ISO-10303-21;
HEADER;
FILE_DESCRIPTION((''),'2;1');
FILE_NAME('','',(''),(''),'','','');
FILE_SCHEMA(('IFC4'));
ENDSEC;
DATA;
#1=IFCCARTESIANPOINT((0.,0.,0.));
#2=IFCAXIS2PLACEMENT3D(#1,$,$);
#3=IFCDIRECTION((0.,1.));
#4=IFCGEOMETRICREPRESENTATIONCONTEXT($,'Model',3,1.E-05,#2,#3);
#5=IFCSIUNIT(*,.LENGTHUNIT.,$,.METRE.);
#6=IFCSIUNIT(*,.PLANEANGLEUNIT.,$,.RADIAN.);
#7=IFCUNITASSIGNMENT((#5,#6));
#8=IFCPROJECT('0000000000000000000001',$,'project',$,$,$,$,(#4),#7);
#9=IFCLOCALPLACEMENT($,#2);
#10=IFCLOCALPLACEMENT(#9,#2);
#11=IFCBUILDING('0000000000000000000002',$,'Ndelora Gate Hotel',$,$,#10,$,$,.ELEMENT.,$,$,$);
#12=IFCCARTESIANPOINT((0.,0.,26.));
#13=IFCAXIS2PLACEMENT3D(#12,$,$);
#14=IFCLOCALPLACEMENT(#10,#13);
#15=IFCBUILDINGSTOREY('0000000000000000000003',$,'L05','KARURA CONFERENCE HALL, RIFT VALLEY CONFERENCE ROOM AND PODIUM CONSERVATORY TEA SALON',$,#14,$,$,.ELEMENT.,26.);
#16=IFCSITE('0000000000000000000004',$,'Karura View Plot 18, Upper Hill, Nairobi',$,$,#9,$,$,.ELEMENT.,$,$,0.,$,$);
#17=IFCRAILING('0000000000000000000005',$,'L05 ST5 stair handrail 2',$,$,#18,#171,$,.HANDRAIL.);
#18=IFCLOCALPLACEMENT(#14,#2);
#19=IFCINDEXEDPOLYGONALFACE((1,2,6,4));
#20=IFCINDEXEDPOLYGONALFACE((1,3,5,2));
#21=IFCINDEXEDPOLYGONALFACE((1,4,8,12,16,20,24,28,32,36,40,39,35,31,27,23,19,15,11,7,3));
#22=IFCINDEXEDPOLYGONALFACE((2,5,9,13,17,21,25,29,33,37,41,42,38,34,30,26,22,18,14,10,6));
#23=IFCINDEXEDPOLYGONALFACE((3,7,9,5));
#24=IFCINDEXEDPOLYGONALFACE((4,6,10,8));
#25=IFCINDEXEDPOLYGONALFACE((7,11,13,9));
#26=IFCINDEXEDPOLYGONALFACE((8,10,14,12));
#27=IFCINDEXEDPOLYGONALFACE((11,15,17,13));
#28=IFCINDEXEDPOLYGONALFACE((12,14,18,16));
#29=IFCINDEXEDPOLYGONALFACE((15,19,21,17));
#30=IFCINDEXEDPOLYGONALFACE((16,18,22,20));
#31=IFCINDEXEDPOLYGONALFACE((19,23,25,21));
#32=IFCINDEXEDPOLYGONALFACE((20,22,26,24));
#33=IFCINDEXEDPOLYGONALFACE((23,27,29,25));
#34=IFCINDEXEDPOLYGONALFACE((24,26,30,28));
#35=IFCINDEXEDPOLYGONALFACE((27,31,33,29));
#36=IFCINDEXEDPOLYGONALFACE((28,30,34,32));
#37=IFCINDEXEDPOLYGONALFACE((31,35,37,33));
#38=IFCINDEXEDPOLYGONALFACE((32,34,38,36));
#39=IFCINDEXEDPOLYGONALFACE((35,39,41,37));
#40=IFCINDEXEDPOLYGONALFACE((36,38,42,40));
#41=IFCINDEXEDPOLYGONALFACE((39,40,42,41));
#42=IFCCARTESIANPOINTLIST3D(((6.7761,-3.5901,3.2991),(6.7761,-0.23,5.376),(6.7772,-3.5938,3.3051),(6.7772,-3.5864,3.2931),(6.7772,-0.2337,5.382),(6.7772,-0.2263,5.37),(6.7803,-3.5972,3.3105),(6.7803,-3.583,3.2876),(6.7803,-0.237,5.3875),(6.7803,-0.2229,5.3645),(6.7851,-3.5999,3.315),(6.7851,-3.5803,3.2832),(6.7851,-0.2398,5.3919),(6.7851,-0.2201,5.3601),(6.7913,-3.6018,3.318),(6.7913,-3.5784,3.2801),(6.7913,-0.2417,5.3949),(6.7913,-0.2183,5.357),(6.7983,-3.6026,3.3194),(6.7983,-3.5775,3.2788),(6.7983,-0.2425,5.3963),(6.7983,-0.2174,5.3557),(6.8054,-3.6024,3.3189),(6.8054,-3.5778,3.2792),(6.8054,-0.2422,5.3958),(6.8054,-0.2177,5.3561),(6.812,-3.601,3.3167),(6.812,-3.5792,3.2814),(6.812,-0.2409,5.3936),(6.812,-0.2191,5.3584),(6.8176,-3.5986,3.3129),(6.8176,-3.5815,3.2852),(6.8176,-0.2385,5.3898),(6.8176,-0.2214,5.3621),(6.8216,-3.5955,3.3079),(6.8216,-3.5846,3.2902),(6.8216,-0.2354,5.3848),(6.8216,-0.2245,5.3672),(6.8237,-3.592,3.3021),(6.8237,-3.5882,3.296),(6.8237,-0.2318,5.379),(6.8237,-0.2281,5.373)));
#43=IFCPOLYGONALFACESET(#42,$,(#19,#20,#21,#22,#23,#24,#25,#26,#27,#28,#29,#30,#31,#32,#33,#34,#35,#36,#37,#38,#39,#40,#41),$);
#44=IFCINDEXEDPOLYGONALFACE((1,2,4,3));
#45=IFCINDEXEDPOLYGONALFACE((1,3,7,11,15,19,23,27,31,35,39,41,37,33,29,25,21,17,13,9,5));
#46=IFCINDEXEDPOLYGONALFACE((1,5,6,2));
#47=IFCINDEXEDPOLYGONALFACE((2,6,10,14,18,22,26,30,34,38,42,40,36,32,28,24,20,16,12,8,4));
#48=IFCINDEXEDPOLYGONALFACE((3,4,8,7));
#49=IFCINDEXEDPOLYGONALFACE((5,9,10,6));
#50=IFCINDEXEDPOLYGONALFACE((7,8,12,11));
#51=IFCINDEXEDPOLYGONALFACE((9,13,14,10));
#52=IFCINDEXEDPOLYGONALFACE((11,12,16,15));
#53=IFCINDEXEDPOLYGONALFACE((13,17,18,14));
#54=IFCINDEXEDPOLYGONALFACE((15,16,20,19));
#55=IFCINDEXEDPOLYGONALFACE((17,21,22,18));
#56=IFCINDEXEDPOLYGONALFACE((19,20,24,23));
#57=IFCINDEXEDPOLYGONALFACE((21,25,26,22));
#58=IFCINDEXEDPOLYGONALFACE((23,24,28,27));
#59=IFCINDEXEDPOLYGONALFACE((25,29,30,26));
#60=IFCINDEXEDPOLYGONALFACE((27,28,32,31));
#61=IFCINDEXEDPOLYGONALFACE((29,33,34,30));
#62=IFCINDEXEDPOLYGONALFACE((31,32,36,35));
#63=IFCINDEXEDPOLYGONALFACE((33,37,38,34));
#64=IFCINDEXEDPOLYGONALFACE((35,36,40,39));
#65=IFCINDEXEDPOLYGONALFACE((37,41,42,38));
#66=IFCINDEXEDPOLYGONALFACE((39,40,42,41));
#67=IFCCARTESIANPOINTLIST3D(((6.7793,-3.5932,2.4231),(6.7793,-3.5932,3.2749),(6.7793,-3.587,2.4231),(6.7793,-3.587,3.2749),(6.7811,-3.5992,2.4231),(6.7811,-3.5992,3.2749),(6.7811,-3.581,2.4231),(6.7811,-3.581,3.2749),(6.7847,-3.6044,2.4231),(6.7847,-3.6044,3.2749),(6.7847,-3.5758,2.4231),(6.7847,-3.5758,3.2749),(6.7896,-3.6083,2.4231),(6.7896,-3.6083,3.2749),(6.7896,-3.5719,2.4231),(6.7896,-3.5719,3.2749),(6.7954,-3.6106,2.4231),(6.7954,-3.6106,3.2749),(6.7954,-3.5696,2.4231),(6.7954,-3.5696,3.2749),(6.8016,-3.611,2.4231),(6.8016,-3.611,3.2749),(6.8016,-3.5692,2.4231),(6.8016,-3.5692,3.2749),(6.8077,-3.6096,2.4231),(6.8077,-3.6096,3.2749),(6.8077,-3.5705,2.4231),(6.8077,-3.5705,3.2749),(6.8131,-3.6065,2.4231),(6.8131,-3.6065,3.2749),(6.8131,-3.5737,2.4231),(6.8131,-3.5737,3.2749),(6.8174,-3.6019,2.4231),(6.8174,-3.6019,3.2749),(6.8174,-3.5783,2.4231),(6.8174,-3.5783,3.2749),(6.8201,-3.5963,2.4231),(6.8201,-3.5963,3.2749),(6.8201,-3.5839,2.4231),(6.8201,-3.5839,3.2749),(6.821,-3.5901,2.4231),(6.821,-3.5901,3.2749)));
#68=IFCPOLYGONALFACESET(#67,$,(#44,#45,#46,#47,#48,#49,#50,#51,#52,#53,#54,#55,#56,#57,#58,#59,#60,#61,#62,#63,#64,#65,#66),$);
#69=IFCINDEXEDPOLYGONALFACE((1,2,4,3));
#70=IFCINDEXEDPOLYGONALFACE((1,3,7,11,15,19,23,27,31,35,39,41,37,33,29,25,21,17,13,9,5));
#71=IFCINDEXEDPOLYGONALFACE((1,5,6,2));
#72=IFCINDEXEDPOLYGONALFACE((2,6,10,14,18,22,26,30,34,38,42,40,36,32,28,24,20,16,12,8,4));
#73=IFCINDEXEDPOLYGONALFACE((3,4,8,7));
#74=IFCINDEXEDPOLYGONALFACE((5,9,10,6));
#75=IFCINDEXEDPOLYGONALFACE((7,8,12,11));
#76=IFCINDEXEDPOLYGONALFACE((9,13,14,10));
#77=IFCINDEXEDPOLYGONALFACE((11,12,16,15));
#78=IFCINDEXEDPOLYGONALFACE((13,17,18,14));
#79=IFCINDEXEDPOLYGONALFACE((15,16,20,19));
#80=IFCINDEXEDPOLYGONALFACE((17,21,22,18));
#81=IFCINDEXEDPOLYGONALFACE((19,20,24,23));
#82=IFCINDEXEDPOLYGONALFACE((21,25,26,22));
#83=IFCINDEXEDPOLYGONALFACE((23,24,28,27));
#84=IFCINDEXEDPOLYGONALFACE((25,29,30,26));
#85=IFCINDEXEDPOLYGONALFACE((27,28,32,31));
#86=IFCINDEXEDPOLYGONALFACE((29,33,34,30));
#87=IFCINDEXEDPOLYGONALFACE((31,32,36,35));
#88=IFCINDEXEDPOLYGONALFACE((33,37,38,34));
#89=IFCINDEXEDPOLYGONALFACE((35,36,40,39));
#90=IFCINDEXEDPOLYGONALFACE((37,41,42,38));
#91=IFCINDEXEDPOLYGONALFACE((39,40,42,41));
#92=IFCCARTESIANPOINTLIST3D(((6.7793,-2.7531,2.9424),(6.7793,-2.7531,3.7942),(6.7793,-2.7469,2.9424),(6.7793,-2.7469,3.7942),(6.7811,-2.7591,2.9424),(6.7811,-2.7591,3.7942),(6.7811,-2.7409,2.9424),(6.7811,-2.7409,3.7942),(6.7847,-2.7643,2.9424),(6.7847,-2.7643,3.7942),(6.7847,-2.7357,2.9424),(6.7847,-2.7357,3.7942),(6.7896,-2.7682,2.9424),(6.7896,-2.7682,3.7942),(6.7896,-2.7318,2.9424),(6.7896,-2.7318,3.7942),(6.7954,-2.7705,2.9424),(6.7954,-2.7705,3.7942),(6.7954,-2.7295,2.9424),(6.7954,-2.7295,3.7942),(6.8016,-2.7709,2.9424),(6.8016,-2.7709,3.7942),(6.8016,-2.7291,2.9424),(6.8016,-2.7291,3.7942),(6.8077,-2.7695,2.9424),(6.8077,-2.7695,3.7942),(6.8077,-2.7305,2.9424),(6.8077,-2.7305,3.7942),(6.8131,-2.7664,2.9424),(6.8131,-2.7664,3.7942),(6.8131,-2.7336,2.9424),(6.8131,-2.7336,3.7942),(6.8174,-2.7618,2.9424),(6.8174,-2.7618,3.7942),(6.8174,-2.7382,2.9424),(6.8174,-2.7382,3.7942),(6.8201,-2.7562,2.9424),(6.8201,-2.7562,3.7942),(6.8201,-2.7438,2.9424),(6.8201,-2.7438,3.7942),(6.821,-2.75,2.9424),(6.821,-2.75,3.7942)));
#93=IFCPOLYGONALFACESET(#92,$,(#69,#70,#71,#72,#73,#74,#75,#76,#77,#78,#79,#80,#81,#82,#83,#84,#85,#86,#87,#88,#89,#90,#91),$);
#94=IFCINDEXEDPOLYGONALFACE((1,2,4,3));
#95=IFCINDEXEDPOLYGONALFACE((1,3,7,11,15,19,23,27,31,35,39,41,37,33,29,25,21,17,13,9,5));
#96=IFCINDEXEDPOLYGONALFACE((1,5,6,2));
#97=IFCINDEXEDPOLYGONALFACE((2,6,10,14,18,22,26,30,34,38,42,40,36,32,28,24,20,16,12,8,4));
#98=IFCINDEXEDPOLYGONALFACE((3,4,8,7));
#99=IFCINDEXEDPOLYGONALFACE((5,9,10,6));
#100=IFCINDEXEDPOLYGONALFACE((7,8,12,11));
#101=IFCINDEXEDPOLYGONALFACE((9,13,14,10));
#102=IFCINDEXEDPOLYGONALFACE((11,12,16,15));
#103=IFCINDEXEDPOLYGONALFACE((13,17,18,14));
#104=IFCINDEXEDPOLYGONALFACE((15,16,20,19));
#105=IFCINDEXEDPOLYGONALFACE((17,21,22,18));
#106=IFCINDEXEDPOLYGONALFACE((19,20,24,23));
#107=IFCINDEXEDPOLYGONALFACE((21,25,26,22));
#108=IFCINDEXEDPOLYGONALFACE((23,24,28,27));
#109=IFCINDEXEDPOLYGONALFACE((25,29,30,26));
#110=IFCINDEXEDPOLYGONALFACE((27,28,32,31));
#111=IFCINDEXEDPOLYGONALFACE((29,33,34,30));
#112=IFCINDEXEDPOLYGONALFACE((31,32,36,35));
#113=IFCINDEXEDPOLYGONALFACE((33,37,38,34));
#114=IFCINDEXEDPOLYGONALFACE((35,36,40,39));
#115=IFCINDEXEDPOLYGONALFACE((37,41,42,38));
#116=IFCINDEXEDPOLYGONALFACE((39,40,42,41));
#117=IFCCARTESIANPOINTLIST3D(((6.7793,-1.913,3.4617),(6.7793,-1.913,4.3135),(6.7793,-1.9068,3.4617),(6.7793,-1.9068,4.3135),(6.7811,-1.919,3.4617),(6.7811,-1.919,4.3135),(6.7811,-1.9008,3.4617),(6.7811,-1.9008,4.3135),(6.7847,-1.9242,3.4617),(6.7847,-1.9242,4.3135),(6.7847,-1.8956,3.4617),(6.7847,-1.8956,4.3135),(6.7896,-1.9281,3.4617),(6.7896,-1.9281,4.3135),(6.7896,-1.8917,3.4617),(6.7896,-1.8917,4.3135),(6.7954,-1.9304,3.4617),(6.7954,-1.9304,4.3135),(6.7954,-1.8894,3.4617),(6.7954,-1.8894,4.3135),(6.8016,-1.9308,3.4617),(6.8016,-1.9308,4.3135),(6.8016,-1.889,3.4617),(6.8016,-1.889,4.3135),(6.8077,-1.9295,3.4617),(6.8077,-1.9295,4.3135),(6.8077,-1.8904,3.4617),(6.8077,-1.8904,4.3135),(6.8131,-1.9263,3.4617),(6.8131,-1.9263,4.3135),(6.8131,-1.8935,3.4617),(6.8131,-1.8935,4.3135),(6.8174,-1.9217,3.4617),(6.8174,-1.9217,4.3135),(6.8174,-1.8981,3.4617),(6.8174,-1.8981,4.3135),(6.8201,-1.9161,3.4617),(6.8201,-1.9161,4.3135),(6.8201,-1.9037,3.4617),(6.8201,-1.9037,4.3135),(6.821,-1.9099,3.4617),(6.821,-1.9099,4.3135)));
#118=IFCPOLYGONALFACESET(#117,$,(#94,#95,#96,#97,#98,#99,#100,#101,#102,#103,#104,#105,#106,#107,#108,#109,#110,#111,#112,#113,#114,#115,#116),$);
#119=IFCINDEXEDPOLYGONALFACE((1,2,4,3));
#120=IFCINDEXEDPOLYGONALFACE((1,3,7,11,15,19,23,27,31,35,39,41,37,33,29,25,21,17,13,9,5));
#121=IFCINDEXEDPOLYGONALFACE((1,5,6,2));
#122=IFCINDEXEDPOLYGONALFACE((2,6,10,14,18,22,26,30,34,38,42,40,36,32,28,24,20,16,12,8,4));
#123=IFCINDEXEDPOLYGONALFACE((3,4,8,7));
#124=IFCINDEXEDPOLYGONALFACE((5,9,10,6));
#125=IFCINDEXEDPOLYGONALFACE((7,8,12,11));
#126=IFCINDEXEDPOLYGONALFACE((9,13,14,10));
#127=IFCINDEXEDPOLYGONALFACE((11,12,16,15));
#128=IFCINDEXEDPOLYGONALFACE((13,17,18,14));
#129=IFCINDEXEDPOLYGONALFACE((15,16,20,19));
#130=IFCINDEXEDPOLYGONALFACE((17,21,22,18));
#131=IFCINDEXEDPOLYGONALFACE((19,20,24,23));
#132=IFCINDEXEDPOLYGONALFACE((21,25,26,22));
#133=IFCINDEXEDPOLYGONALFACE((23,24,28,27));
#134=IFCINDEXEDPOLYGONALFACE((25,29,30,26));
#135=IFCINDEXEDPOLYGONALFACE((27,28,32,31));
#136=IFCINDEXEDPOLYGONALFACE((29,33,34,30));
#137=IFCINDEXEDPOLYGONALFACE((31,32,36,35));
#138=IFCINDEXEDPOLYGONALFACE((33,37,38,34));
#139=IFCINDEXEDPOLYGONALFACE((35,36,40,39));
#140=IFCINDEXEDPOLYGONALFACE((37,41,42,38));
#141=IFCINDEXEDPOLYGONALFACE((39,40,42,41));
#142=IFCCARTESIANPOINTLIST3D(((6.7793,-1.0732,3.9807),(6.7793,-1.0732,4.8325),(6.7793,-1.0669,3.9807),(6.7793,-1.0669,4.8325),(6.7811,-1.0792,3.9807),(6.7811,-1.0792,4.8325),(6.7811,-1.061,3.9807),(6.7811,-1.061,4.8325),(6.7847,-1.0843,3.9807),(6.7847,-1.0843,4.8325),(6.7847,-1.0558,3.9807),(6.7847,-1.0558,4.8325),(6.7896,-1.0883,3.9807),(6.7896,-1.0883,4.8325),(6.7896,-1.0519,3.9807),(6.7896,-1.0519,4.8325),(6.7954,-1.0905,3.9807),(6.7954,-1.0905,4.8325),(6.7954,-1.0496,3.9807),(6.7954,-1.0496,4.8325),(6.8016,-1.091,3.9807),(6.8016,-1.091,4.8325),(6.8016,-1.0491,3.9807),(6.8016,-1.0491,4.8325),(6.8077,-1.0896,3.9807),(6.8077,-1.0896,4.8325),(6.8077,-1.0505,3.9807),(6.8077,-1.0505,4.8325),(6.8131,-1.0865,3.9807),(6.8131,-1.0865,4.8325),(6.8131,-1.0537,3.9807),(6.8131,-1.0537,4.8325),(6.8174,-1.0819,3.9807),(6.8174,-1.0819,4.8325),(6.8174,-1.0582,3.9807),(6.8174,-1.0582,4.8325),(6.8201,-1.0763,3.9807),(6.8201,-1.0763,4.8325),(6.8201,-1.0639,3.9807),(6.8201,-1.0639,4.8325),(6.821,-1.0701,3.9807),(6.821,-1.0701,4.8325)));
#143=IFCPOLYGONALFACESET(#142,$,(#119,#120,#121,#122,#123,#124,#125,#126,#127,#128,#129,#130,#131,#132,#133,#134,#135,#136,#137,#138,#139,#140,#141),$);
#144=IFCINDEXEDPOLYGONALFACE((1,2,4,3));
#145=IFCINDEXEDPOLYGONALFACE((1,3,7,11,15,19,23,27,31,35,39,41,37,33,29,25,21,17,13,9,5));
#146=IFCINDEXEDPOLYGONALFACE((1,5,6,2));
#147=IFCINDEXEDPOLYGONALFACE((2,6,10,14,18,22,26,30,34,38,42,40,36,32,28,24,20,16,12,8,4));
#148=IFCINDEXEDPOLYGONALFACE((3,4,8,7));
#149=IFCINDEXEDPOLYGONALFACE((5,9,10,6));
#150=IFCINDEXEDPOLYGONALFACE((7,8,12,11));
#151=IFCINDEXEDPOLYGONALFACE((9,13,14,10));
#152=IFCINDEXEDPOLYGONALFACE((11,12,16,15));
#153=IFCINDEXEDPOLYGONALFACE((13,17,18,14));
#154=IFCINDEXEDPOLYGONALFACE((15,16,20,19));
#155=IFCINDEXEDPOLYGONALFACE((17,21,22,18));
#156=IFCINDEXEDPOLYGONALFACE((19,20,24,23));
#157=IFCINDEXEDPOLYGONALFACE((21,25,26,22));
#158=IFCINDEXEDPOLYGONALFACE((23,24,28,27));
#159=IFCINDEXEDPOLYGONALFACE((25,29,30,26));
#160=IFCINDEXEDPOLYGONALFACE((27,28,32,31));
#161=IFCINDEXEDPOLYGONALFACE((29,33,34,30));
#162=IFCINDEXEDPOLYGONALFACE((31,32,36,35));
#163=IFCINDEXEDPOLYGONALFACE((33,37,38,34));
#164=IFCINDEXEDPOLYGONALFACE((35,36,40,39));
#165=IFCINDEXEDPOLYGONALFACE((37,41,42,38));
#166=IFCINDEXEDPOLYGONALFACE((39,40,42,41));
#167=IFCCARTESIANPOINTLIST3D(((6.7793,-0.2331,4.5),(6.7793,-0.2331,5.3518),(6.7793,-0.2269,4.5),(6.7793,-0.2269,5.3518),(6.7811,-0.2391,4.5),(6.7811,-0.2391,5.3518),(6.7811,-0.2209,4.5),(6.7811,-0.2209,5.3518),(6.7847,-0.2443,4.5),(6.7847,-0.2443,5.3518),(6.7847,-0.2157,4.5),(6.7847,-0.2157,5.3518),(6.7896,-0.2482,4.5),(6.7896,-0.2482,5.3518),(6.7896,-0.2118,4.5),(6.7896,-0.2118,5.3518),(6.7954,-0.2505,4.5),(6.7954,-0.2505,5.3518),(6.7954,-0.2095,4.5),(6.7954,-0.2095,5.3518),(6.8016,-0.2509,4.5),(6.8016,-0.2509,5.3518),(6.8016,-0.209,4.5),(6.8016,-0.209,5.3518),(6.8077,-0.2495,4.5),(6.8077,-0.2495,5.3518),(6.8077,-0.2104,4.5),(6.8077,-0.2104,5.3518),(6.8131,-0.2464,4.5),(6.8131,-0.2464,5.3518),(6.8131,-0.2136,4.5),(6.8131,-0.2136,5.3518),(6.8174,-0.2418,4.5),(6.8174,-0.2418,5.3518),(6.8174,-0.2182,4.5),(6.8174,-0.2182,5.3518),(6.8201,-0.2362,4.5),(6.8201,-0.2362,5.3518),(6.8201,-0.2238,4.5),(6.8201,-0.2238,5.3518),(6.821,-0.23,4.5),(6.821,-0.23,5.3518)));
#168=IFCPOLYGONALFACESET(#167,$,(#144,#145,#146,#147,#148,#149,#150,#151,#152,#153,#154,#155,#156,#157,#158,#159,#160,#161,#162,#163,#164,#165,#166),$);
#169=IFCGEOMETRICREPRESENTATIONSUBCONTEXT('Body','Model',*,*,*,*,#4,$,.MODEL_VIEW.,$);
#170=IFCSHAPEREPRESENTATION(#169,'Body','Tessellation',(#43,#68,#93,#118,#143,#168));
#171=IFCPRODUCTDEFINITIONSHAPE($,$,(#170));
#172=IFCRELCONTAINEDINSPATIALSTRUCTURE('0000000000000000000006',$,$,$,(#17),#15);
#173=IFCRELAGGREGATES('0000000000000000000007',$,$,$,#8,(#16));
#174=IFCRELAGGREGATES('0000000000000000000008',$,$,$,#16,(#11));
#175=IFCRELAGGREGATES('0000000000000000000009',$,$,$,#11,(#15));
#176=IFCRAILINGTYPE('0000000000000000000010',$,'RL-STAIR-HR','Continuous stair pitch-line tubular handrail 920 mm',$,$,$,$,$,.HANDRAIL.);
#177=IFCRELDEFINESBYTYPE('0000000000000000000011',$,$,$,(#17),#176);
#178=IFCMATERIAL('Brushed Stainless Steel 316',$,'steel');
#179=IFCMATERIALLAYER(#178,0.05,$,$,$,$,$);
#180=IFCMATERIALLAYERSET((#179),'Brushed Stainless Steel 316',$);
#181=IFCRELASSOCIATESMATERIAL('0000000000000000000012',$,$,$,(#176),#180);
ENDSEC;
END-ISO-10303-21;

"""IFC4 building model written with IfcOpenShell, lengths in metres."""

from ifc_helpers import new_model, si_unit, direction, frame, origin, origin_2d, place, context, subcontext, project, spatial, circle, extrude, material, layer, layer_set, type_object, element, save


model = new_model("IFC4")

# Units and contexts
model_context = context("Model", 3, precision=1e-05, world=origin(), true_north=direction((0.0, 1.0)))
body_context = subcontext(model_context, "Body", "Model", "MODEL_VIEW")
ifc_project = project(units=[si_unit("LENGTHUNIT", "METRE"), si_unit("PLANEANGLEUNIT", "RADIAN")], contexts=[model_context])

# Site, building, storey
site_placement = place(None, origin())
site = spatial("IfcSite", under=ifc_project, at=site_placement, Name="Karura View Plot 18, Upper Hill, Nairobi", CompositionType="ELEMENT", RefElevation=0.0)
building_placement = place(site_placement, origin())
building = spatial("IfcBuilding", under=site, at=building_placement, Name="Ndelora Gate Hotel", CompositionType="ELEMENT")
storey_placement = place(building_placement, frame((0.0, 0.0, 26.0)))
storey = spatial("IfcBuildingStorey", under=building, at=storey_placement, Name="L05", Description="KARURA CONFERENCE HALL, RIFT VALLEY CONFERENCE ROOM AND PODIUM CONSERVATORY TEA SALON", CompositionType="ELEMENT", Elevation=26.0)

# Railing
ifc_material_1 = material(Name="Brushed Stainless Steel 316", Category="steel")
ifc_layer_1 = layer(ifc_material_1, 0.05)
ifc_layer_set_1 = layer_set([ifc_layer_1], Name="Brushed Stainless Steel 316")
railing_type_1 = type_object("IfcRailingType", Name="RL-STAIR-HR", Description="Continuous stair pitch-line tubular handrail 920 mm", PredefinedType="HANDRAIL", material=ifc_layer_set_1)
railing_1_placement = place(storey_placement, frame((6.8, -3.5901, 2.4231)))
element("IfcRailing", 1, at=railing_1_placement, inside=storey, type_object=railing_type_1, Name="L05 ST5 stair handrail 2", PredefinedType="HANDRAIL", context=body_context, shape_type="SweptSolid", body=[
    extrude(circle(Radius=0.0239, at=origin_2d()), frame((0.0, 0.0, 0.876), z_axis=(0.0, 0.850623, 0.525776), x_axis=(-1.0, 0.0, 0.0)), (0.0, 0.0, 1.0), 3.9502),
    extrude(circle(Radius=0.021, at=origin_2d()), origin(), (0.0, 0.0, 1.0), 0.8518),
    extrude(circle(Radius=0.021, at=origin_2d()), frame((0.0, 0.8401, 0.5193)), (0.0, 0.0, 1.0), 0.8518),
    extrude(circle(Radius=0.021, at=origin_2d()), frame((0.0, 1.6802, 1.0386)), (0.0, 0.0, 1.0), 0.8518),
    extrude(circle(Radius=0.021, at=origin_2d()), frame((0.0, 2.52, 1.5576)), (0.0, 0.0, 1.0), 0.8518),
    extrude(circle(Radius=0.021, at=origin_2d()), frame((0.0, 3.3601, 2.0769)), (0.0, 0.0, 1.0), 0.8518),
])

save(model, "model.ifc")
